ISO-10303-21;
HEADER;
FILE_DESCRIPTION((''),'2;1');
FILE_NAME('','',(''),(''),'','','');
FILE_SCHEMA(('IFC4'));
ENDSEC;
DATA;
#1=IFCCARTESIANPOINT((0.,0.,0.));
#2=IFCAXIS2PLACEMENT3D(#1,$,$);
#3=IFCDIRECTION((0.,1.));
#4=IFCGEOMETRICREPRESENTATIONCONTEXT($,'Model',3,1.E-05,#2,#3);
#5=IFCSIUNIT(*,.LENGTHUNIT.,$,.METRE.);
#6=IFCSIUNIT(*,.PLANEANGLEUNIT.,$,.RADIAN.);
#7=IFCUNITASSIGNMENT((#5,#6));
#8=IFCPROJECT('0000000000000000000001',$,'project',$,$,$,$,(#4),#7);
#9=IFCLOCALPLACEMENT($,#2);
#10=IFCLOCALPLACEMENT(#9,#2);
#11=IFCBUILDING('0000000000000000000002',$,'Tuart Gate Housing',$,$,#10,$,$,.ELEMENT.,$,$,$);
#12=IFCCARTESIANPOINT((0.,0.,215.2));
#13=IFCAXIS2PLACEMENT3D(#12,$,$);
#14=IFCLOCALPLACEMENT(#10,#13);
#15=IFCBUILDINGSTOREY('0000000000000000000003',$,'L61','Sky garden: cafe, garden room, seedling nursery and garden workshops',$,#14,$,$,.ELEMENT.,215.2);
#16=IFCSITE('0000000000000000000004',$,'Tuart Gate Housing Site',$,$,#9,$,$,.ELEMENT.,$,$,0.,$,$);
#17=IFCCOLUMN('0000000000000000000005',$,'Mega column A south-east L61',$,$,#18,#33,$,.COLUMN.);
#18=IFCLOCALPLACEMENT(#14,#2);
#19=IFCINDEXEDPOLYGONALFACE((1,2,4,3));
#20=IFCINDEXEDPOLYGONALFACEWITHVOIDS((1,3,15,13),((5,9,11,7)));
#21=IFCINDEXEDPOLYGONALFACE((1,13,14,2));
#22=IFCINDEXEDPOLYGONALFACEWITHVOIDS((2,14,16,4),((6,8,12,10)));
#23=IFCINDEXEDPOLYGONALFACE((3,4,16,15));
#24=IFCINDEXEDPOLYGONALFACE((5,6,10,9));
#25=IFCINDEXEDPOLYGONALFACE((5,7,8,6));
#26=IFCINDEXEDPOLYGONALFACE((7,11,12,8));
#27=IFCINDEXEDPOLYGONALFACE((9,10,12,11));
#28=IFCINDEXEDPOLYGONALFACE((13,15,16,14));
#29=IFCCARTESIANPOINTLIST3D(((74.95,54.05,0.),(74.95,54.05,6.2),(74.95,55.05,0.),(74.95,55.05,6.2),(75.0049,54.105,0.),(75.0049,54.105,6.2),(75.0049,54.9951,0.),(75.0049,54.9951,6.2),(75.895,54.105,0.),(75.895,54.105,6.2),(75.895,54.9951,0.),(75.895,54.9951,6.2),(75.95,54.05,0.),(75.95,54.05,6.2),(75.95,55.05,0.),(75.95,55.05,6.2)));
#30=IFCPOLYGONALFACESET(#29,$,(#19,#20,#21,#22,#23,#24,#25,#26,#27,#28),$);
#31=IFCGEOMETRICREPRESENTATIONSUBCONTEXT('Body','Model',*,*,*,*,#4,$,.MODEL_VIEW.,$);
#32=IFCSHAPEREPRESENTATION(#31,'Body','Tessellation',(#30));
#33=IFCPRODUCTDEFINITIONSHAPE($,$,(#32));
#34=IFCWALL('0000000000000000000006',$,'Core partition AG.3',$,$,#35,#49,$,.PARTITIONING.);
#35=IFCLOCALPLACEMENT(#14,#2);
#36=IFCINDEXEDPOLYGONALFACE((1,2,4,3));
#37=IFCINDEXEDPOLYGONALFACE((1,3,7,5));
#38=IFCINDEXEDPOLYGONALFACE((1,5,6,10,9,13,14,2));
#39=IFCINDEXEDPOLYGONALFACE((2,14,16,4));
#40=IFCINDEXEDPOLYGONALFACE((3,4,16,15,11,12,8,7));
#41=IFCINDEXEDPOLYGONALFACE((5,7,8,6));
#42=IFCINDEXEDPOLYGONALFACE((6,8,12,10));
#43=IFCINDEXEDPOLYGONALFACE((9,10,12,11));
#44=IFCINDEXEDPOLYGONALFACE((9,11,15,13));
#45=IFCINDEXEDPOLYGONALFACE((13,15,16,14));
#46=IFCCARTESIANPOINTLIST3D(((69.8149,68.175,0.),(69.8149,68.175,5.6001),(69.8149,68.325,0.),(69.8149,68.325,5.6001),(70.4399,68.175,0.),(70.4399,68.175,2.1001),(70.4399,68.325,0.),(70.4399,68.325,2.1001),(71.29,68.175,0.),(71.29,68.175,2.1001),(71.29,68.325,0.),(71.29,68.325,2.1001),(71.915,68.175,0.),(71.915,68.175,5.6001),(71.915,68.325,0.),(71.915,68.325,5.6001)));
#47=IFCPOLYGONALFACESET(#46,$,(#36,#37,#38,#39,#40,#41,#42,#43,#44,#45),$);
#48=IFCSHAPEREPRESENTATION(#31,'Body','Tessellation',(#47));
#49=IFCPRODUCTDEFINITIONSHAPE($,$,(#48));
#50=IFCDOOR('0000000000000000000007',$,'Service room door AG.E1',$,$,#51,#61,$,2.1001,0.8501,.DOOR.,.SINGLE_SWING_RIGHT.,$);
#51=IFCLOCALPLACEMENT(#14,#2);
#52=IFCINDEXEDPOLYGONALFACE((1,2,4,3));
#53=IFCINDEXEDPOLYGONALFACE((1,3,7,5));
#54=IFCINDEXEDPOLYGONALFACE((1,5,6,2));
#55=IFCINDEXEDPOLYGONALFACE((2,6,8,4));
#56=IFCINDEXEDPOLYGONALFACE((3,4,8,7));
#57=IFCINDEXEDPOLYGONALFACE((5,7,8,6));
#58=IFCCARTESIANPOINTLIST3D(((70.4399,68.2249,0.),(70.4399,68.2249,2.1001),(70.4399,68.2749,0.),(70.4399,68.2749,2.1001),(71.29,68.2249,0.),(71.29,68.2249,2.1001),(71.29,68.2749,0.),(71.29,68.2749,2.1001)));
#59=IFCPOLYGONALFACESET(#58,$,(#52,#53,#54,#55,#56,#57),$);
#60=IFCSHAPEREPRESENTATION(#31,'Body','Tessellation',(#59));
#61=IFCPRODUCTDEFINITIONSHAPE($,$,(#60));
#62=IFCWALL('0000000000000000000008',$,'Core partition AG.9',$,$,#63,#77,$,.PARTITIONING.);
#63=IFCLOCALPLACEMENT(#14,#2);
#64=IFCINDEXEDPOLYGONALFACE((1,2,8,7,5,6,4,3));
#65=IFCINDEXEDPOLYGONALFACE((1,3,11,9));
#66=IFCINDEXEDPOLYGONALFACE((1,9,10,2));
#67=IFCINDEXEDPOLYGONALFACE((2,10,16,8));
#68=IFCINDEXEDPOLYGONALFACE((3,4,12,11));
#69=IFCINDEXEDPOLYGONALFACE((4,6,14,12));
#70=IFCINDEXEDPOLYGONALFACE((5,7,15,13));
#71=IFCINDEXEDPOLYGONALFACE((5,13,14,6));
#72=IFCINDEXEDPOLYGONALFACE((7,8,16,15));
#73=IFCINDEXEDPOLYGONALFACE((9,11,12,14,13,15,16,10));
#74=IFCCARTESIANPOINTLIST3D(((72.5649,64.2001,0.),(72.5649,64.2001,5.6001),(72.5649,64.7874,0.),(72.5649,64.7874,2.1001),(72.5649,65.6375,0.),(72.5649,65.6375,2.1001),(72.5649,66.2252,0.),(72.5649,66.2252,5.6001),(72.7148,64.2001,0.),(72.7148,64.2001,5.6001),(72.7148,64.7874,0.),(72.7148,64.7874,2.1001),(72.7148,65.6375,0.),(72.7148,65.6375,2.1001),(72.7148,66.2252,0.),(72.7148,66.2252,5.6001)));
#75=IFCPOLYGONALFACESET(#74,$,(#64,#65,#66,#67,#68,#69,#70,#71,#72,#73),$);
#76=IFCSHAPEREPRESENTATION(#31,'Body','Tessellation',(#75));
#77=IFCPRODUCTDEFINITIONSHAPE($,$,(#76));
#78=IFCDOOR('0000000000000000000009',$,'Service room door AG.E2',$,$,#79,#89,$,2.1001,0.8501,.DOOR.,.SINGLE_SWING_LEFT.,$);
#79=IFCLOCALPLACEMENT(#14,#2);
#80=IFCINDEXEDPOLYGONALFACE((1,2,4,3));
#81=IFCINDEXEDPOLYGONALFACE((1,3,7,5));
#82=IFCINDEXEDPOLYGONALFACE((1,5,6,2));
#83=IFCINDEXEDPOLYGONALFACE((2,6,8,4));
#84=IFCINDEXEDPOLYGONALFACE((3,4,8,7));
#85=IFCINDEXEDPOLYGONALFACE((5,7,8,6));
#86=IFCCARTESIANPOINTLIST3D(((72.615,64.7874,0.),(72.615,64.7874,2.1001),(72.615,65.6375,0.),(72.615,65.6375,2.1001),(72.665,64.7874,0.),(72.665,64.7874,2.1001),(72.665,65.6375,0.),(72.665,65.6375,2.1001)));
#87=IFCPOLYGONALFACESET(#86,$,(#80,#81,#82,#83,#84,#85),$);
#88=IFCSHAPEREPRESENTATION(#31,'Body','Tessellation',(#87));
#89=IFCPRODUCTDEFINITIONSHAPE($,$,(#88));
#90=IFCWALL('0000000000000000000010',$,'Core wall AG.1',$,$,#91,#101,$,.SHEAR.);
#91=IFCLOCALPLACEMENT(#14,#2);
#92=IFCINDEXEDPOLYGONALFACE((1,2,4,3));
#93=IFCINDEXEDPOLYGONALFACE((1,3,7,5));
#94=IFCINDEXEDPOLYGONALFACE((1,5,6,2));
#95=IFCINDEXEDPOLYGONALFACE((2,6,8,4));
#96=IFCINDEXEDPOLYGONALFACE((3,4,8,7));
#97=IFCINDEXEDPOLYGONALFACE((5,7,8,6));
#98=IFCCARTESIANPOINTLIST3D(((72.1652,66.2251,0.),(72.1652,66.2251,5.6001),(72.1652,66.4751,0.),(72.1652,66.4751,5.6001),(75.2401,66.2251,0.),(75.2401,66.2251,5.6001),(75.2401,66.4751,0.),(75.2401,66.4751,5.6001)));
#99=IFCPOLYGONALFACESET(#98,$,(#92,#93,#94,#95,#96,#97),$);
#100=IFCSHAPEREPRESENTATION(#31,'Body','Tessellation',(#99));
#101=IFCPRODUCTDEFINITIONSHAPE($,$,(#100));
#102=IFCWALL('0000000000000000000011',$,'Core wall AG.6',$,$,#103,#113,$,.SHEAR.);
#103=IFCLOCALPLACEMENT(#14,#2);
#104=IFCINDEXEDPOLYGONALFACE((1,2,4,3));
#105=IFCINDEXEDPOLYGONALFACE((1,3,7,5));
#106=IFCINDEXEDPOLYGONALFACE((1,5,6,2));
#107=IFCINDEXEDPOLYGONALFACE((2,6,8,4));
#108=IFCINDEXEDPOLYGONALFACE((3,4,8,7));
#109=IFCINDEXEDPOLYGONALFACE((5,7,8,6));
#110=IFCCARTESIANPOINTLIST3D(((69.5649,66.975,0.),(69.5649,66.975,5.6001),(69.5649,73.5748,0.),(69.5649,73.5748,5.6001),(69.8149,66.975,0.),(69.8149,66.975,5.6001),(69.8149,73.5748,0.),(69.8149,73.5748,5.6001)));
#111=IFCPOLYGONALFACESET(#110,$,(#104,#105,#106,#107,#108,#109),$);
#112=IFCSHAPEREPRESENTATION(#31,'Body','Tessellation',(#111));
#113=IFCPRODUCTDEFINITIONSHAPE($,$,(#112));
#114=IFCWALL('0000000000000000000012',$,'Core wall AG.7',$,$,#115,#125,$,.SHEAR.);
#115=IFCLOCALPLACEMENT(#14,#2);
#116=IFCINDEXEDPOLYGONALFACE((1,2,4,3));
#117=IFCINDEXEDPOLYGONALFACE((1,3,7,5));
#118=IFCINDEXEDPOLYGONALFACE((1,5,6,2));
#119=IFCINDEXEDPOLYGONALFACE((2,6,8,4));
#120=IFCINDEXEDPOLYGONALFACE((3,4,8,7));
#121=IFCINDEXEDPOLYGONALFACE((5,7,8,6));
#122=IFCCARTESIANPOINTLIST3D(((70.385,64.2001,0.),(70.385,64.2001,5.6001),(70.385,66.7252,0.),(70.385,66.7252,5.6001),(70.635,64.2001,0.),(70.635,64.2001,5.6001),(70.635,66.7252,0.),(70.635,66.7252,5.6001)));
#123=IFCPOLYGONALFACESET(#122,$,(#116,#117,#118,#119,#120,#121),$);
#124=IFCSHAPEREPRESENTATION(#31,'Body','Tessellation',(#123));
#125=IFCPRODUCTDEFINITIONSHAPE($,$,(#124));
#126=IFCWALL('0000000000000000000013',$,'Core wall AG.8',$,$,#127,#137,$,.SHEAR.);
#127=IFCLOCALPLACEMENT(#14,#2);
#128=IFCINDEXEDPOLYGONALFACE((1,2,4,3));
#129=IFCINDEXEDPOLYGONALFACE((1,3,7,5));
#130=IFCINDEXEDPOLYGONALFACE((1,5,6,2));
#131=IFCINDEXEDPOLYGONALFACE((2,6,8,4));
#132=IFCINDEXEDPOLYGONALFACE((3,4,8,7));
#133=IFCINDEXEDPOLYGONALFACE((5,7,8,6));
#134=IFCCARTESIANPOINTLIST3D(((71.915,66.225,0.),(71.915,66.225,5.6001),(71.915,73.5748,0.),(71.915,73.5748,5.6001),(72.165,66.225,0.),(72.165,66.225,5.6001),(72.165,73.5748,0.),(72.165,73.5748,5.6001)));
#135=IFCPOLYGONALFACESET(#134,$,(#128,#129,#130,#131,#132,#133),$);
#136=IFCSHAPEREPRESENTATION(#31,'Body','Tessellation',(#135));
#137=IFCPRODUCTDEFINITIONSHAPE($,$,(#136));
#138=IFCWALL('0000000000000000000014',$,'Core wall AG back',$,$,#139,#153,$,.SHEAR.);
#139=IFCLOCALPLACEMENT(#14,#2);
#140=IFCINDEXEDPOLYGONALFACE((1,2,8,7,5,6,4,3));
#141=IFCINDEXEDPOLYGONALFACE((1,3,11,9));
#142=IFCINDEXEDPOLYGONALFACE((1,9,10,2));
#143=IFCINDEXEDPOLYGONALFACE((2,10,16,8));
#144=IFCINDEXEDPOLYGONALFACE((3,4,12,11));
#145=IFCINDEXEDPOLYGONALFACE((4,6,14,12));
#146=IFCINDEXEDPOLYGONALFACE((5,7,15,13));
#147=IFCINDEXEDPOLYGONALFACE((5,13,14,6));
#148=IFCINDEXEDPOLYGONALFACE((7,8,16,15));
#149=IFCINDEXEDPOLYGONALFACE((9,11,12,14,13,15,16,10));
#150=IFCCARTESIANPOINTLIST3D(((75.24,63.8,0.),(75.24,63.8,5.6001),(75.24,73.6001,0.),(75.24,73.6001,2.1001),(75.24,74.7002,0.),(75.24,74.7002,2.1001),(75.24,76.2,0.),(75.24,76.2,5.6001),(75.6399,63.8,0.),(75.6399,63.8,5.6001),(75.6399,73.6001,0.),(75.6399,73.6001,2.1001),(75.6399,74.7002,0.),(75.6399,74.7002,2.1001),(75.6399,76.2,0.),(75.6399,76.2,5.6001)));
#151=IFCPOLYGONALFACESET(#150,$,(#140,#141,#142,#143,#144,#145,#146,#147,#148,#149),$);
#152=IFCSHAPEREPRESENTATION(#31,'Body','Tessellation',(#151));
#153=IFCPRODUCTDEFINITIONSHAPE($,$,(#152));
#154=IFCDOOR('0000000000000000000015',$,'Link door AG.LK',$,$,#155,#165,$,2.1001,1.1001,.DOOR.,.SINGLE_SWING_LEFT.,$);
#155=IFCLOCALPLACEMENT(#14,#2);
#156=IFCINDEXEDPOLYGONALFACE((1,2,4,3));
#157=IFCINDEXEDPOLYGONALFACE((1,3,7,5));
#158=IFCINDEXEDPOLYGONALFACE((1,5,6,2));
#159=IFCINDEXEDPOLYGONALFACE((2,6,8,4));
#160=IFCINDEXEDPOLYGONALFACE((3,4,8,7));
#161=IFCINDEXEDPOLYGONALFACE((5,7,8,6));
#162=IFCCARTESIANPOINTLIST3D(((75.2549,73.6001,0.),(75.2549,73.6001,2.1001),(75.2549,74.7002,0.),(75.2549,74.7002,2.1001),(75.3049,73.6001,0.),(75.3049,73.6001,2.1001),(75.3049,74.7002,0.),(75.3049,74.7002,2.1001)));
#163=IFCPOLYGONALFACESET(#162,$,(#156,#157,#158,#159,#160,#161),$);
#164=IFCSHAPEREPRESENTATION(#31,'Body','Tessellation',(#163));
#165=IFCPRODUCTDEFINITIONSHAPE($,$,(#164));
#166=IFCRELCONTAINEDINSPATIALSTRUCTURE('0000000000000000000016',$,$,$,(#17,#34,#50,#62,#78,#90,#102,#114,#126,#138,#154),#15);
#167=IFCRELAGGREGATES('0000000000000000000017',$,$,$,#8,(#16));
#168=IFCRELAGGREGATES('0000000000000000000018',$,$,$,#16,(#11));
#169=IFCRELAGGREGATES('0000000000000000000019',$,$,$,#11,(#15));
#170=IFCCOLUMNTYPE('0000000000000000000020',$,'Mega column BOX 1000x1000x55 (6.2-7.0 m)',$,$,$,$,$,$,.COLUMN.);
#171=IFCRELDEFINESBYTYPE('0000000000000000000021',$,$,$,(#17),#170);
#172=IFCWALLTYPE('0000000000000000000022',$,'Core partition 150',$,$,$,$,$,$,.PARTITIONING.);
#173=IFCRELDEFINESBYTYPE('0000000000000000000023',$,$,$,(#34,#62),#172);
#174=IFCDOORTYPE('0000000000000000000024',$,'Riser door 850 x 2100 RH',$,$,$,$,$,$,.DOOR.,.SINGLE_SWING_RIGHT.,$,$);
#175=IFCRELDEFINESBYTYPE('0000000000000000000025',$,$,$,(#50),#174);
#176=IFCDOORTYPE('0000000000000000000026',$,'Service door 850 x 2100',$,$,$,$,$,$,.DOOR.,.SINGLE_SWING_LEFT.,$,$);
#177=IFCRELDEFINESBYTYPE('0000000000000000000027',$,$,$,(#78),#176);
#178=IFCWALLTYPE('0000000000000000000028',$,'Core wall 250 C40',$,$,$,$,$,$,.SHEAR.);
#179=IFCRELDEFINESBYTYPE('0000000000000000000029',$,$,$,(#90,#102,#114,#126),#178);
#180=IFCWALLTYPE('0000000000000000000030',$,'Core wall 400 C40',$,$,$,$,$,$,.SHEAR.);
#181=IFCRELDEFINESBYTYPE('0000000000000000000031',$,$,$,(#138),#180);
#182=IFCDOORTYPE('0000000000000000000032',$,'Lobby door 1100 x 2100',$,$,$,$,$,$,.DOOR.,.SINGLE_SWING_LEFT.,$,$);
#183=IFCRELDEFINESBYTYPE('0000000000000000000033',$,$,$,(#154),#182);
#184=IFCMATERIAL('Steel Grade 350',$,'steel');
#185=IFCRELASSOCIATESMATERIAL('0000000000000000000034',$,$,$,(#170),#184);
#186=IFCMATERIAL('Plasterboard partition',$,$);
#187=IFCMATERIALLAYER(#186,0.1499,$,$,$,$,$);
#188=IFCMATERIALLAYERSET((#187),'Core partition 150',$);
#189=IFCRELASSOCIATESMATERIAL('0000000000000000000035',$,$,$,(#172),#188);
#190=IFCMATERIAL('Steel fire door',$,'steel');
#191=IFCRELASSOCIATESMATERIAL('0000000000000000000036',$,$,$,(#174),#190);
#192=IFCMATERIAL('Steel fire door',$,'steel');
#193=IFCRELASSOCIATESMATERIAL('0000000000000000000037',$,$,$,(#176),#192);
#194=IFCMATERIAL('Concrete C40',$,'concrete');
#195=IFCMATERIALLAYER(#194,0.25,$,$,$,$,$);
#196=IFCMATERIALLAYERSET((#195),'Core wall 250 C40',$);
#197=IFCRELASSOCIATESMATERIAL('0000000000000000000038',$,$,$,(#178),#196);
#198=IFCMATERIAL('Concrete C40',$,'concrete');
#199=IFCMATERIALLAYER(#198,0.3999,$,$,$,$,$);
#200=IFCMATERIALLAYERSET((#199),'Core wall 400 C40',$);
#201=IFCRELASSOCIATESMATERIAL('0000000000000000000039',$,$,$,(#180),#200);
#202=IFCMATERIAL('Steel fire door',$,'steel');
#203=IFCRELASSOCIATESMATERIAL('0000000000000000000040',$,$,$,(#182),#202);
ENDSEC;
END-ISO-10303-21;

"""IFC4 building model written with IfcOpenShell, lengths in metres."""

from ifc_helpers import new_model, si_unit, direction, frame, frame_2d, origin, origin_2d, place, context, subcontext, project, spatial, rectangle, hollow_rectangle, extrude, material, layer, layer_set, material_profile, profile_set, type_object, element, fill, save


model = new_model("IFC4")

# Units and contexts
model_context = context("Model", 3, precision=1e-05, world=origin(), true_north=direction((0.0, 1.0)))
body_context = subcontext(model_context, "Body", "Model", "MODEL_VIEW")
ifc_project = project(units=[si_unit("LENGTHUNIT", "METRE"), si_unit("PLANEANGLEUNIT", "RADIAN")], contexts=[model_context])

# Site, building, storey
site_placement = place(None, origin())
site = spatial("IfcSite", under=ifc_project, at=site_placement, Name="Tuart Gate Housing Site", CompositionType="ELEMENT", RefElevation=0.0)
building_placement = place(site_placement, origin())
building = spatial("IfcBuilding", under=site, at=building_placement, Name="Tuart Gate Housing", CompositionType="ELEMENT")
storey_placement = place(building_placement, frame((0.0, 0.0, 215.2)))
storey = spatial("IfcBuildingStorey", under=building, at=storey_placement, Name="L61", Description="Sky garden: cafe, garden room, seedling nursery and garden workshops", CompositionType="ELEMENT", Elevation=215.2)

# Column
ifc_material_1 = material(Name="Steel Grade 350", Category="steel")
ifc_material_profile = material_profile(ifc_material_1, hollow_rectangle(XDim=1.0, YDim=1.0, WallThickness=0.0549, at=origin_2d()), Name="BOX 1000x1000x55")
ifc_profile_set = profile_set([ifc_material_profile], Name="Steel Grade 350")
column_type = type_object("IfcColumnType", Name="Mega column BOX 1000x1000x55 (6.2-7.0 m)", PredefinedType="COLUMN", material=ifc_profile_set)
column_placement = place(storey_placement, frame((75.45, 54.55, 0.0), z_axis=(0.0, 0.0, 1.0), x_axis=(1.0, 0.0, 0.0)))
element("IfcColumn", 1, at=column_placement, inside=storey, type_object=column_type, Name="Mega column A south-east L61", PredefinedType="COLUMN", context=body_context, shape_type="SweptSolid", body=[
    extrude(hollow_rectangle(XDim=1.0, YDim=1.0, WallThickness=0.0549, at=origin_2d()), origin(), (0.0, 0.0, 1.0), 6.2),
])

# Walls, openings, doors
ifc_material_2 = material(Name="Plasterboard partition")
ifc_layer_1 = layer(ifc_material_2, 0.1499)
ifc_layer_set_1 = layer_set([ifc_layer_1], Name="Core partition 150")
wall_type_1 = type_object("IfcWallType", Name="Core partition 150", PredefinedType="PARTITIONING", material=ifc_layer_set_1)
wall_1_placement = place(storey_placement, frame((69.8149, 68.25, 0.0), z_axis=(0.0, 0.0, 1.0), x_axis=(1.0, 0.0, 0.0)))
wall_1 = element("IfcWall", 2, at=wall_1_placement, inside=storey, type_object=wall_type_1, Name="Core partition AG.3", PredefinedType="PARTITIONING", context=body_context, shape_type="SweptSolid", body=[
    extrude(rectangle(XDim=2.1001, YDim=0.1499, at=frame_2d((1.05, 0.0))), origin(), (0.0, 0.0, 1.0), 5.6001),
])
opening_1_placement = place(wall_1_placement, frame((0.625, 0.0, 0.0)))
opening_1 = element("IfcOpeningElement", 3, at=opening_1_placement, cuts=wall_1, PredefinedType="OPENING", context=body_context, shape_type="SweptSolid", body=[
    extrude(rectangle(XDim=0.8501, YDim=2.1001, at=frame_2d((0.425, 1.05))), frame((0.0, 0.085, 0.0), z_axis=(0.0, -1.0, 0.0), x_axis=(1.0, 0.0, 0.0)), (0.0, 0.0, 1.0), 0.1699),
])
ifc_material_3 = material(Name="Steel fire door", Category="steel")
door_type_1 = type_object("IfcDoorType", Name="Riser door 850 x 2100 RH", OperationType="SINGLE_SWING_RIGHT", PredefinedType="DOOR", material=ifc_material_3)
door_1_placement = place(opening_1_placement, frame((0.8501, 0.0, 0.0), z_axis=(0.0, 0.0, 1.0), x_axis=(-1.0, 0.0, 0.0)))
door_1 = element("IfcDoor", 4, at=door_1_placement, inside=storey, type_object=door_type_1, Name="Service room door AG.E1", OperationType="SINGLE_SWING_RIGHT", OverallHeight=2.1001, OverallWidth=0.8501, PredefinedType="DOOR", context=body_context, shape_type="SweptSolid", body=[
    extrude(rectangle(XDim=0.8501, YDim=2.1001, at=frame_2d((0.425, 1.05))), frame((0.0, 0.0251, 0.0), z_axis=(0.0, -1.0, 0.0), x_axis=(1.0, 0.0, 0.0)), (0.0, 0.0, 1.0), 0.05),
])
fill(opening_1, door_1)
wall_2_placement = place(storey_placement, frame((72.6399, 64.2, 0.0), z_axis=(0.0, 0.0, 1.0), x_axis=(0.0, 1.0, 0.0)))
wall_2 = element("IfcWall", 5, at=wall_2_placement, inside=storey, type_object=wall_type_1, Name="Core partition AG.9", PredefinedType="PARTITIONING", context=body_context, shape_type="SweptSolid", body=[
    extrude(rectangle(XDim=2.0251, YDim=0.1499, at=frame_2d((1.0127, 0.0))), origin(), (0.0, 0.0, 1.0), 5.6001),
])
opening_2_placement = place(wall_2_placement, frame((0.5874, 0.0, 0.0)))
opening_2 = element("IfcOpeningElement", 6, at=opening_2_placement, cuts=wall_2, PredefinedType="OPENING", context=body_context, shape_type="SweptSolid", body=[
    extrude(rectangle(XDim=0.8501, YDim=2.1001, at=frame_2d((0.425, 1.05))), frame((0.0, 0.085, 0.0), z_axis=(0.0, -1.0, 0.0), x_axis=(1.0, 0.0, 0.0)), (0.0, 0.0, 1.0), 0.1699),
])
ifc_material_4 = material(Name="Steel fire door", Category="steel")
door_type_2 = type_object("IfcDoorType", Name="Service door 850 x 2100", OperationType="SINGLE_SWING_LEFT", PredefinedType="DOOR", material=ifc_material_4)
door_2_placement = place(opening_2_placement, origin())
door_2 = element("IfcDoor", 7, at=door_2_placement, inside=storey, type_object=door_type_2, Name="Service room door AG.E2", OperationType="SINGLE_SWING_LEFT", OverallHeight=2.1001, OverallWidth=0.8501, PredefinedType="DOOR", context=body_context, shape_type="SweptSolid", body=[
    extrude(rectangle(XDim=0.8501, YDim=2.1001, at=frame_2d((0.425, 1.05))), frame((0.0, 0.0249, 0.0), z_axis=(0.0, -1.0, 0.0), x_axis=(1.0, 0.0, 0.0)), (0.0, 0.0, 1.0), 0.05),
])
fill(opening_2, door_2)

# Walls
ifc_material_5 = material(Name="Concrete C40", Category="concrete")
ifc_layer_2 = layer(ifc_material_5, 0.25)
ifc_layer_set_2 = layer_set([ifc_layer_2], Name="Core wall 250 C40")
wall_type_2 = type_object("IfcWallType", Name="Core wall 250 C40", PredefinedType="SHEAR", material=ifc_layer_set_2)
wall_3_placement = place(storey_placement, frame((72.165, 66.3501, 0.0), z_axis=(0.0, 0.0, 1.0), x_axis=(1.0, 0.0, 0.0)))
element("IfcWall", 8, at=wall_3_placement, inside=storey, type_object=wall_type_2, Name="Core wall AG.1", PredefinedType="SHEAR", context=body_context, shape_type="SweptSolid", body=[
    extrude(rectangle(XDim=3.075, YDim=0.25, at=frame_2d((1.5376, 0.0))), origin(), (0.0, 0.0, 1.0), 5.6001),
])
wall_4_placement = place(storey_placement, frame((69.6899, 66.9751, 0.0), z_axis=(0.0, 0.0, 1.0), x_axis=(0.0, 1.0, 0.0)))
element("IfcWall", 9, at=wall_4_placement, inside=storey, type_object=wall_type_2, Name="Core wall AG.6", PredefinedType="SHEAR", context=body_context, shape_type="SweptSolid", body=[
    extrude(rectangle(XDim=6.5999, YDim=0.25, at=frame_2d((3.2998, 0.0))), origin(), (0.0, 0.0, 1.0), 5.6001),
])
wall_5_placement = place(storey_placement, frame((70.51, 64.2, 0.0), z_axis=(0.0, 0.0, 1.0), x_axis=(0.0, 1.0, 0.0)))
element("IfcWall", 10, at=wall_5_placement, inside=storey, type_object=wall_type_2, Name="Core wall AG.7", PredefinedType="SHEAR", context=body_context, shape_type="SweptSolid", body=[
    extrude(rectangle(XDim=2.5251, YDim=0.25, at=frame_2d((1.2627, 0.0))), origin(), (0.0, 0.0, 1.0), 5.6001),
])
wall_6_placement = place(storey_placement, frame((72.04, 66.2251, 0.0), z_axis=(0.0, 0.0, 1.0), x_axis=(0.0, 1.0, 0.0)))
element("IfcWall", 11, at=wall_6_placement, inside=storey, type_object=wall_type_2, Name="Core wall AG.8", PredefinedType="SHEAR", context=body_context, shape_type="SweptSolid", body=[
    extrude(rectangle(XDim=7.3499, YDim=0.25, at=frame_2d((3.6748, 0.0))), origin(), (0.0, 0.0, 1.0), 5.6001),
])

# Wall, opening, door
ifc_material_6 = material(Name="Concrete C40", Category="concrete")
ifc_layer_3 = layer(ifc_material_6, 0.3999)
ifc_layer_set_3 = layer_set([ifc_layer_3], Name="Core wall 400 C40")
wall_type_3 = type_object("IfcWallType", Name="Core wall 400 C40", PredefinedType="SHEAR", material=ifc_layer_set_3)
wall_7_placement = place(storey_placement, frame((75.4399, 63.8, 0.0), z_axis=(0.0, 0.0, 1.0), x_axis=(0.0, 1.0, 0.0)))
wall_7 = element("IfcWall", 12, at=wall_7_placement, inside=storey, type_object=wall_type_3, Name="Core wall AG back", PredefinedType="SHEAR", context=body_context, shape_type="SweptSolid", body=[
    extrude(rectangle(XDim=12.3999, YDim=0.3999, at=frame_2d((6.2, 0.0))), origin(), (0.0, 0.0, 1.0), 5.6001),
])
opening_3_placement = place(wall_7_placement, frame((9.8, 0.0, 0.0)))
opening_3 = element("IfcOpeningElement", 13, at=opening_3_placement, cuts=wall_7, PredefinedType="OPENING", context=body_context, shape_type="SweptSolid", body=[
    extrude(rectangle(XDim=1.1001, YDim=2.1001, at=frame_2d((0.55, 1.05))), frame((0.0, 0.21, 0.0), z_axis=(0.0, -1.0, 0.0), x_axis=(1.0, 0.0, 0.0)), (0.0, 0.0, 1.0), 0.4199),
])
ifc_material_7 = material(Name="Steel fire door", Category="steel")
door_type_3 = type_object("IfcDoorType", Name="Lobby door 1100 x 2100", OperationType="SINGLE_SWING_LEFT", PredefinedType="DOOR", material=ifc_material_7)
door_3_placement = place(opening_3_placement, origin())
door_3 = element("IfcDoor", 14, at=door_3_placement, inside=storey, type_object=door_type_3, Name="Link door AG.LK", OperationType="SINGLE_SWING_LEFT", OverallHeight=2.1001, OverallWidth=1.1001, PredefinedType="DOOR", context=body_context, shape_type="SweptSolid", body=[
    extrude(rectangle(XDim=1.1001, YDim=2.1001, at=frame_2d((0.55, 1.05))), frame((0.0, 0.1851, 0.0), z_axis=(0.0, -1.0, 0.0), x_axis=(1.0, 0.0, 0.0)), (0.0, 0.0, 1.0), 0.05),
])
fill(opening_3, door_3)

save(model, "model.ifc")
